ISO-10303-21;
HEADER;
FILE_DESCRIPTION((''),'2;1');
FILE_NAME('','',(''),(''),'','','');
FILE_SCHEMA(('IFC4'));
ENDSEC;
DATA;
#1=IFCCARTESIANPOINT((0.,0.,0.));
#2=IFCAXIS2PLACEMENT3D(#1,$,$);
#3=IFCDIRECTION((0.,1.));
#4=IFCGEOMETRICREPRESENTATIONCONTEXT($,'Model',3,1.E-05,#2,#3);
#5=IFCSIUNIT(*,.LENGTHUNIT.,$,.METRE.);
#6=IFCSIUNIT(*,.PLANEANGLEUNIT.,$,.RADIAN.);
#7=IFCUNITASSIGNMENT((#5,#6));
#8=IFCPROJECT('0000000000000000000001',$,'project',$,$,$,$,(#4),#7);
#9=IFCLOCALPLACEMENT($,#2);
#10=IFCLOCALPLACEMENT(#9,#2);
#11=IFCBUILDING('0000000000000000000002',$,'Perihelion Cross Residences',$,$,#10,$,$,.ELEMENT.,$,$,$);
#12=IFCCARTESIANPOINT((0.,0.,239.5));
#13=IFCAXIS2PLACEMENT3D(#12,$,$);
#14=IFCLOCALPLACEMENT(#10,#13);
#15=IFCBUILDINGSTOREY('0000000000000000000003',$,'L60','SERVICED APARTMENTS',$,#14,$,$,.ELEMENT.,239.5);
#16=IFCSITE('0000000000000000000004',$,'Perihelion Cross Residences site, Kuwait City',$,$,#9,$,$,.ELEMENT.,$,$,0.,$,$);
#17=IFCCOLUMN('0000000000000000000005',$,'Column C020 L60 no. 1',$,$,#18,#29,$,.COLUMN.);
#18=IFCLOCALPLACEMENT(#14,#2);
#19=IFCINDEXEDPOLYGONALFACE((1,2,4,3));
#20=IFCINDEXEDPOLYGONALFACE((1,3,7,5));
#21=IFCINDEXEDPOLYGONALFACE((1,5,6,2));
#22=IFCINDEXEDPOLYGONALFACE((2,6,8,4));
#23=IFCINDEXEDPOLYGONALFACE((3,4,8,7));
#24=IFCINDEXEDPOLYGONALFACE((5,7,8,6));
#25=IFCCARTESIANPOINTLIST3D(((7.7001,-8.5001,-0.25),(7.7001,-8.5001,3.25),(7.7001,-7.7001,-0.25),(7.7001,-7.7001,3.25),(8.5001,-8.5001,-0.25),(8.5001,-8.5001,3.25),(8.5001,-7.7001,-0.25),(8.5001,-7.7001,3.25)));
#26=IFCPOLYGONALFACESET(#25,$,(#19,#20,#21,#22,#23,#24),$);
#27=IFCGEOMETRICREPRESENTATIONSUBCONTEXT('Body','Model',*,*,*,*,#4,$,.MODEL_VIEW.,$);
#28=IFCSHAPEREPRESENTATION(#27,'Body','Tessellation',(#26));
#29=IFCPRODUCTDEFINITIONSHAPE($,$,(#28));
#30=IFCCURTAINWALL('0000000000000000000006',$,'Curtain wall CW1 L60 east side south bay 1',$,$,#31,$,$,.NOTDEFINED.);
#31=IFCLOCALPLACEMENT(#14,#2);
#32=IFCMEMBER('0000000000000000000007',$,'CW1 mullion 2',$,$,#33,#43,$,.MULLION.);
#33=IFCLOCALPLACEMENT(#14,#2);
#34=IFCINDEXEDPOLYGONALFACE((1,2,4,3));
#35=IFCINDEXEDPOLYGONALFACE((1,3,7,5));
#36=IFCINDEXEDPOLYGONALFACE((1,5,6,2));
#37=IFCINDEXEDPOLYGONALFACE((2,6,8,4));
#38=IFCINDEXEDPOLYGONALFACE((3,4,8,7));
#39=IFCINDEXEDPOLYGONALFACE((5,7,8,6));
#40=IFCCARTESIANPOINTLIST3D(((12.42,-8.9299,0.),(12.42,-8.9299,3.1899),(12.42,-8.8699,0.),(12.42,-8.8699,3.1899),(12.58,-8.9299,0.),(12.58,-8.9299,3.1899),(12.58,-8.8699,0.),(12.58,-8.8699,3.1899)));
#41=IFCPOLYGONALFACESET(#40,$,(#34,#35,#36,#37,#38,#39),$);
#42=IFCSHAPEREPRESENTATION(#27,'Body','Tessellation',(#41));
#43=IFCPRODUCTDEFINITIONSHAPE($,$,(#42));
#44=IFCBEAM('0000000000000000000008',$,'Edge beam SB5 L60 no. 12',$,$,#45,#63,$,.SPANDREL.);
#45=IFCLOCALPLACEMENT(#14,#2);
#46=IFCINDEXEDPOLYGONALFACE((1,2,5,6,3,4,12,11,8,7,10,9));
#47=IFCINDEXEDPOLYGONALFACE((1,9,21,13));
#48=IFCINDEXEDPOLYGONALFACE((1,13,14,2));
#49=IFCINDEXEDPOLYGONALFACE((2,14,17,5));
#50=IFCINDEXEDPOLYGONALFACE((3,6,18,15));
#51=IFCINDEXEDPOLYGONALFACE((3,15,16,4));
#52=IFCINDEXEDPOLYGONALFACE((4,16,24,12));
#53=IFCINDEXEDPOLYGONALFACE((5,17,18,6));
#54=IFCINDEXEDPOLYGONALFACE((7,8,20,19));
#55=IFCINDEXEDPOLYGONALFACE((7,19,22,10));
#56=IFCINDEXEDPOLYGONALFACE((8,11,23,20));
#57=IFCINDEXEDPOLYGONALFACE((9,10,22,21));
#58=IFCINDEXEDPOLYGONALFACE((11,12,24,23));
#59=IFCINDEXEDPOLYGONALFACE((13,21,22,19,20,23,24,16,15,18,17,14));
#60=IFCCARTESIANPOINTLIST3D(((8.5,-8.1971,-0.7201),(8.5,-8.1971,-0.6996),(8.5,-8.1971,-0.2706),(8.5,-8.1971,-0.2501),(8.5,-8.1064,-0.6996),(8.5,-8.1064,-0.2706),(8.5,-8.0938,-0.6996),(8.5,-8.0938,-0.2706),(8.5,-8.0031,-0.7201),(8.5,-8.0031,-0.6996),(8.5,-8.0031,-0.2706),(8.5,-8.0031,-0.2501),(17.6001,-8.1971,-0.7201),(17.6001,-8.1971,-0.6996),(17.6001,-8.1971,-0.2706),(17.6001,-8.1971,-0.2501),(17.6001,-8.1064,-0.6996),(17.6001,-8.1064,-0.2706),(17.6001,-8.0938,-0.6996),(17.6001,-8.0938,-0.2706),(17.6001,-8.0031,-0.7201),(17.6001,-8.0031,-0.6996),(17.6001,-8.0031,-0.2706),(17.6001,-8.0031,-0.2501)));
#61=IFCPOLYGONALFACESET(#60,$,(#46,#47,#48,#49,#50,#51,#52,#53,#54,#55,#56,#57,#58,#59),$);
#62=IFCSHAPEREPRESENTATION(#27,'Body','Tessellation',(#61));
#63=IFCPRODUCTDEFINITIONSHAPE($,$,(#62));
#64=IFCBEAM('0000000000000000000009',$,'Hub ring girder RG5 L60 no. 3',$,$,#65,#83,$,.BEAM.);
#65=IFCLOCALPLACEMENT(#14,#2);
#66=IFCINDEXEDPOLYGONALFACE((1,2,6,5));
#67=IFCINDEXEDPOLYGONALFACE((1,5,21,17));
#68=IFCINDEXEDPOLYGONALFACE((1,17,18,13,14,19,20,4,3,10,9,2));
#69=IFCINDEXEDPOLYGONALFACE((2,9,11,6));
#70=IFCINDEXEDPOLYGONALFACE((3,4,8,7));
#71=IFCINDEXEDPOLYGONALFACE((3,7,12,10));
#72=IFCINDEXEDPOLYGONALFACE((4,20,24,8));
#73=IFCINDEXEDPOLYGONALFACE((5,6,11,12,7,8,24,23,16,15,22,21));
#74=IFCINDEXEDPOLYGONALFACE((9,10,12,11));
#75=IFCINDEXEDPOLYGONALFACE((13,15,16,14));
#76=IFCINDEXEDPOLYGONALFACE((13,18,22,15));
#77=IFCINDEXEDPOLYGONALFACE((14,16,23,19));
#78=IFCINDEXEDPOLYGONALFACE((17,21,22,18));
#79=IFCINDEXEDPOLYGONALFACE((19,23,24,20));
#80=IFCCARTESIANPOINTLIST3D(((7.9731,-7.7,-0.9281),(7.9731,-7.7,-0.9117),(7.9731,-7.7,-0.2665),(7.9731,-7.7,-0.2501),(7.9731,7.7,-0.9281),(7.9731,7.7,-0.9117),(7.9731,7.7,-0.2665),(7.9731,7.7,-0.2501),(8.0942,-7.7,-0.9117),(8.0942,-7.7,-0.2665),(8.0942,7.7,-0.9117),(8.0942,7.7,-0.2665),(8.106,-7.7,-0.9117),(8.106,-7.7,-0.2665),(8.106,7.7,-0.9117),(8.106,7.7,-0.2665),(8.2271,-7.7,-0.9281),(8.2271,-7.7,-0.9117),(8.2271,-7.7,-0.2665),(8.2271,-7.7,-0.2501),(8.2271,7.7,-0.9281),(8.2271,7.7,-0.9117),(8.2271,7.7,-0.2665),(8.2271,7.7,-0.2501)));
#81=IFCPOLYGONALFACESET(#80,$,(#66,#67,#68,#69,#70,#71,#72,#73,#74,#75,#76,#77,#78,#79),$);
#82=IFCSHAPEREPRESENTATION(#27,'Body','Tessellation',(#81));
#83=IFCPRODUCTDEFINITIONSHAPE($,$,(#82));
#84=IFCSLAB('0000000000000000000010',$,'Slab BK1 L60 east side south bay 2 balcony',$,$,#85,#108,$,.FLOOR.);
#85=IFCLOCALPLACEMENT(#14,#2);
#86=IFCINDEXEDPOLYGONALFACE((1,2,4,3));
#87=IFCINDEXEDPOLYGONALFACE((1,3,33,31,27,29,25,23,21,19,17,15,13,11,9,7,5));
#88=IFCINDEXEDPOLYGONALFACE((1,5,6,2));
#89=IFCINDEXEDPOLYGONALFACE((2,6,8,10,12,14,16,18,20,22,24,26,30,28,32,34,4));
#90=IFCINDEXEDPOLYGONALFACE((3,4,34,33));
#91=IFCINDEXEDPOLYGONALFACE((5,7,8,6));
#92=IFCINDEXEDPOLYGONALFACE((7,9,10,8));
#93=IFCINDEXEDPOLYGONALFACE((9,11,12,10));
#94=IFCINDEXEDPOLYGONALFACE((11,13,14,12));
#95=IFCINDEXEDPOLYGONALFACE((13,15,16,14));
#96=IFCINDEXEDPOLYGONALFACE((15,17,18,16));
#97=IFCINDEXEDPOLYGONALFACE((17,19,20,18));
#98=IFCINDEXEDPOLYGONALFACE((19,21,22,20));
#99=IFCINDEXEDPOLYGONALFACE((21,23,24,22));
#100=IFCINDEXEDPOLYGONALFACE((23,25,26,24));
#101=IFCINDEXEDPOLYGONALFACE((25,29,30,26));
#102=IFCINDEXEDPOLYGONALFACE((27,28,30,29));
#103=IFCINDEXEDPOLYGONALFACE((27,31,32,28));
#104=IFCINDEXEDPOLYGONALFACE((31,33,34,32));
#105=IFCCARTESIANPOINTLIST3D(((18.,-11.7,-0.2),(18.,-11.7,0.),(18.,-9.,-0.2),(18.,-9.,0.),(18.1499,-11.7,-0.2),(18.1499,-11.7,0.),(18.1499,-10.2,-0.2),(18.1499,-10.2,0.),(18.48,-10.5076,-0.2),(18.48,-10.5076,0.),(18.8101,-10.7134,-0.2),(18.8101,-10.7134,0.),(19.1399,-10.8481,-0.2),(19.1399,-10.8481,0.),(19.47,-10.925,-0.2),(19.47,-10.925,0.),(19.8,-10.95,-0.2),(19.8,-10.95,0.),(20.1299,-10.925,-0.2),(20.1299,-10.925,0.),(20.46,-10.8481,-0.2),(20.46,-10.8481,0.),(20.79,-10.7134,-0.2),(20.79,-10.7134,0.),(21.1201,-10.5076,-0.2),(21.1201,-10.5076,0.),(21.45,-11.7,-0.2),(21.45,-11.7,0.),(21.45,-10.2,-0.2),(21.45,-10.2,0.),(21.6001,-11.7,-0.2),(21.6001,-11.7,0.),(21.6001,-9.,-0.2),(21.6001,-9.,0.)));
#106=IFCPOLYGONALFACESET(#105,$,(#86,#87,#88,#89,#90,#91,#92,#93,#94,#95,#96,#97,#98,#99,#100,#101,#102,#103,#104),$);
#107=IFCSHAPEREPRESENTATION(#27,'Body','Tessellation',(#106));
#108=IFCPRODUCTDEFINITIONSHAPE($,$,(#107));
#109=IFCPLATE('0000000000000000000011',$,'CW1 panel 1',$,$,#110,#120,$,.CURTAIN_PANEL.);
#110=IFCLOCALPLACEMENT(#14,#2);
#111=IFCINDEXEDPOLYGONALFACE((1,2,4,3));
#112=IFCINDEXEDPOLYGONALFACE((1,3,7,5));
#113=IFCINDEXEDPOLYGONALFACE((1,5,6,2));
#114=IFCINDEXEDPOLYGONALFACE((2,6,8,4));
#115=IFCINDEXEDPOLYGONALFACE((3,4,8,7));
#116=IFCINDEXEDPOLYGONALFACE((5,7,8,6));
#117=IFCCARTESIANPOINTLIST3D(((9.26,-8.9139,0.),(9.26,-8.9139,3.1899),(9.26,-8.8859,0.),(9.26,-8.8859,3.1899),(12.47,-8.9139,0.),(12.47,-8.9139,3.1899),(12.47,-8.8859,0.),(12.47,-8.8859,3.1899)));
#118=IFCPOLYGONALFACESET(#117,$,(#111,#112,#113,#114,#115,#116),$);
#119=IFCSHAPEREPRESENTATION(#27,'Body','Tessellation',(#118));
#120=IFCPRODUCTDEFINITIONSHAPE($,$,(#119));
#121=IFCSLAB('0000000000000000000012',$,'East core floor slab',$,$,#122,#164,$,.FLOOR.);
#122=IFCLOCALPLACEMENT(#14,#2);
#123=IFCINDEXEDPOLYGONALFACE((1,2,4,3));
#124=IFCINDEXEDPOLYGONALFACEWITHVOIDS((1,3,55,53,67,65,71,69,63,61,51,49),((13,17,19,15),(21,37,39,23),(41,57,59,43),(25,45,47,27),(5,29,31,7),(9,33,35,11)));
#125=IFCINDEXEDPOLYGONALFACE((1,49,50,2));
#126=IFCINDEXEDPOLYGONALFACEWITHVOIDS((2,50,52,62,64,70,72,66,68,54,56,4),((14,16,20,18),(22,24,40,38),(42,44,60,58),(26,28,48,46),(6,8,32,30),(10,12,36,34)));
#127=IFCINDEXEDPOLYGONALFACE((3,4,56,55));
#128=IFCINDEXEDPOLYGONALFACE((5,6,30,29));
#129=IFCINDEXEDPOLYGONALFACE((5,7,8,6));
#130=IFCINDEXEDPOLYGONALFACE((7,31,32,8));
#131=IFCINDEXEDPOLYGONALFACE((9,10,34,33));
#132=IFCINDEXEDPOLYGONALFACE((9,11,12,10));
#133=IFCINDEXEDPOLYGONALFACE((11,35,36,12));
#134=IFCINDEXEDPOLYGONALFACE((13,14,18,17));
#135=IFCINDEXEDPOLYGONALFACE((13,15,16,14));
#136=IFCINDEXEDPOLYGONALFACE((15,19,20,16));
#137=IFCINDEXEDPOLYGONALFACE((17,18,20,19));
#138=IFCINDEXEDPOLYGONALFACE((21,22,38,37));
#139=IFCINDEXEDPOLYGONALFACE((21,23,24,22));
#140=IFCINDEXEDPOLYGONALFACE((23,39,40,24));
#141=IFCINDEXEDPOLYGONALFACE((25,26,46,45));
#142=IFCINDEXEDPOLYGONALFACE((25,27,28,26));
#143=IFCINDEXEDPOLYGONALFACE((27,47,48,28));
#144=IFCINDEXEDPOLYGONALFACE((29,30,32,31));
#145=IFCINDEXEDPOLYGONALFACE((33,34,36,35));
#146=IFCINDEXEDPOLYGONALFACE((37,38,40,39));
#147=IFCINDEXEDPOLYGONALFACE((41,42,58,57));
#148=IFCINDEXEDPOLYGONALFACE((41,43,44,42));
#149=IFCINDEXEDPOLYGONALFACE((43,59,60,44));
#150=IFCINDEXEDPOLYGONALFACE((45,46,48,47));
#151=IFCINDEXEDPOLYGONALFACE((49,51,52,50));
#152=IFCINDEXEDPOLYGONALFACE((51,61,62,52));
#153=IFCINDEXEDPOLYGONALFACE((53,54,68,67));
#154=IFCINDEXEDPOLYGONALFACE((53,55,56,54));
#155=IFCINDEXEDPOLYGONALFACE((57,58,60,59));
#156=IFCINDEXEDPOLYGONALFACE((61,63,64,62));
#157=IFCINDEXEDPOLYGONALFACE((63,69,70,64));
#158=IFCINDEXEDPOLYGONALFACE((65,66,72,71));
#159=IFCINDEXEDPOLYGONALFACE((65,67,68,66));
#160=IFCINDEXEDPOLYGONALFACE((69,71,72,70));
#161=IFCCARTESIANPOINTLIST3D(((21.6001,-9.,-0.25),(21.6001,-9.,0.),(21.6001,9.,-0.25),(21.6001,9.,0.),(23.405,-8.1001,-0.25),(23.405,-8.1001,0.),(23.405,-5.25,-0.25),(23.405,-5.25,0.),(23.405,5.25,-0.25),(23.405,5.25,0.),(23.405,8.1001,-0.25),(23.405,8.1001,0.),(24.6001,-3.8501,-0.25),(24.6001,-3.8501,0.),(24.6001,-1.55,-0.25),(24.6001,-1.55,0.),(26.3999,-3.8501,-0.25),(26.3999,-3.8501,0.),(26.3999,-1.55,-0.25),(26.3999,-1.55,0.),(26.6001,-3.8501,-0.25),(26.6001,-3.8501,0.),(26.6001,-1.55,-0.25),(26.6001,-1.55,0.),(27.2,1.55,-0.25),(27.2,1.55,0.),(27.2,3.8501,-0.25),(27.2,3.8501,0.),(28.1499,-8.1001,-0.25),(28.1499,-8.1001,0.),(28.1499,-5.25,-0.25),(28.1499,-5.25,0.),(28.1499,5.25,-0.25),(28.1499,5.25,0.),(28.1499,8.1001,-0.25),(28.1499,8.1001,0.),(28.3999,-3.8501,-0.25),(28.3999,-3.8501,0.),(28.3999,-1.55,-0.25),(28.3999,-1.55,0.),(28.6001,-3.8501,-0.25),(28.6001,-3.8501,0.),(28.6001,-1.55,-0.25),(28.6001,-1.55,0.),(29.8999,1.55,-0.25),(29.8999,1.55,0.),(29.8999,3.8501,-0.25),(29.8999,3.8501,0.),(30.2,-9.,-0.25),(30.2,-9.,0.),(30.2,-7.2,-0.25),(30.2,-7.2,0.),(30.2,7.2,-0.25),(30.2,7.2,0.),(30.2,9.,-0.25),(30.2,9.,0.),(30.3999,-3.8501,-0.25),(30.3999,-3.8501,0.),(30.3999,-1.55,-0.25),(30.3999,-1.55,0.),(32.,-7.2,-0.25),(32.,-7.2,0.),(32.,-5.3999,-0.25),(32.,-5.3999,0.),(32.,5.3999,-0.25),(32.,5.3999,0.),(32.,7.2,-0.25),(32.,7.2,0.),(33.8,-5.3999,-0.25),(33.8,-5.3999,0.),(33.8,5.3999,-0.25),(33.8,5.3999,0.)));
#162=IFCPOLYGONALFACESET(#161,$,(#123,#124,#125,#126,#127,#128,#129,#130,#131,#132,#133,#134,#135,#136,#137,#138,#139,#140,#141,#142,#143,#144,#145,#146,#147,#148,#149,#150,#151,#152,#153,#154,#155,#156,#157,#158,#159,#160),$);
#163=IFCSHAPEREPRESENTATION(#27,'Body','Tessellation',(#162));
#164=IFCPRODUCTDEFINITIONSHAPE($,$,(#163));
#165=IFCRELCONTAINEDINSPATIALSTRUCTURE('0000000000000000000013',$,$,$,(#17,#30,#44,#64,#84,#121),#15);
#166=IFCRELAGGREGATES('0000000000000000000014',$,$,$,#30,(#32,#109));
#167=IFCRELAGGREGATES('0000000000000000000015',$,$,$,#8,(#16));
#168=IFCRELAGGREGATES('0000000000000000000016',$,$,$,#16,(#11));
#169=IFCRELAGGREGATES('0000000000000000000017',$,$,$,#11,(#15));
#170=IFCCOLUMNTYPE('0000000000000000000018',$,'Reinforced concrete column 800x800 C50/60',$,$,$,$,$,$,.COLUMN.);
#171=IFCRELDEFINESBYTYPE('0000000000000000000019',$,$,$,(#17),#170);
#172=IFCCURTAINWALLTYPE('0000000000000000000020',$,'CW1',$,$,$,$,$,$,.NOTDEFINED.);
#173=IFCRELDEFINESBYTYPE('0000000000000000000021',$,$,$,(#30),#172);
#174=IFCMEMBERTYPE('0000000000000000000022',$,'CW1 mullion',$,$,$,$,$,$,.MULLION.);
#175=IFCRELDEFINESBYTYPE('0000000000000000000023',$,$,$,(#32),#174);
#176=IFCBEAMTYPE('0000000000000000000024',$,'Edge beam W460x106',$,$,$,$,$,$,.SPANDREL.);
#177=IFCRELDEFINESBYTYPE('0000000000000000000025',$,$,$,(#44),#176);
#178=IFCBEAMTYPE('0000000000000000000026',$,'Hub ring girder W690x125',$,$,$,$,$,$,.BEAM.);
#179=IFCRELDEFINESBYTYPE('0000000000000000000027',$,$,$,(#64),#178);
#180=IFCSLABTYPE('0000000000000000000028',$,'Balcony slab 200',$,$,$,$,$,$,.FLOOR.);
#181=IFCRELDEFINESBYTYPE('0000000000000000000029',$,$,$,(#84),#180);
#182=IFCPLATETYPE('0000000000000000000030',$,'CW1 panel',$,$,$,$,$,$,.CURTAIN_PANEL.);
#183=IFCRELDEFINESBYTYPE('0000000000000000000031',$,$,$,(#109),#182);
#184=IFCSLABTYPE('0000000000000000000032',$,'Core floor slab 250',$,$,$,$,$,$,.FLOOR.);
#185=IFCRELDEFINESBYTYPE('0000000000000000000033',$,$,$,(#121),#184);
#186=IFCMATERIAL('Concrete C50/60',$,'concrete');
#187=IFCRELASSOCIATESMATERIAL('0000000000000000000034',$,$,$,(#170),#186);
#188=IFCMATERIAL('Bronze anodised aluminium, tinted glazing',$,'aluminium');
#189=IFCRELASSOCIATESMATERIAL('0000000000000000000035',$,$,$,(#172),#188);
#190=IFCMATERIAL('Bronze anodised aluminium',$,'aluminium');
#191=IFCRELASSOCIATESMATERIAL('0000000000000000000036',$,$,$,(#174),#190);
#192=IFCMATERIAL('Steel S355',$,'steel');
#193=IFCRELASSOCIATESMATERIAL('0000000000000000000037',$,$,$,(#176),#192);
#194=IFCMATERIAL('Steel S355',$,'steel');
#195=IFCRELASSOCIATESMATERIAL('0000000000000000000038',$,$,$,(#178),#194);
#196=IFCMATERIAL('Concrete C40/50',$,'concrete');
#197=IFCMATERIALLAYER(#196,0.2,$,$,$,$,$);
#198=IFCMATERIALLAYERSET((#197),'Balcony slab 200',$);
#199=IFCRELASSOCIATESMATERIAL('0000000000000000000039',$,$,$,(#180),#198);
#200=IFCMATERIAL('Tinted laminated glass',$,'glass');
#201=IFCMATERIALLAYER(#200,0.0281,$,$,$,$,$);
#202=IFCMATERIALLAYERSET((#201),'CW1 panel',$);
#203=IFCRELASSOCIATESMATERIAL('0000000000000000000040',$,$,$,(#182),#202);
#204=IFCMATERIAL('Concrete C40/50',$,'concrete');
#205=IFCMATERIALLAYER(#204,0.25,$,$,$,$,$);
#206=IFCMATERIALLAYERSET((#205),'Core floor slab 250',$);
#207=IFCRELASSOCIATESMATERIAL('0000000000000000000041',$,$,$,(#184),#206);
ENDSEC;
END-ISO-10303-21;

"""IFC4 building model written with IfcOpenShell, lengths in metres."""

from ifc_helpers import new_model, si_unit, direction, frame, origin, origin_2d, place, context, subcontext, project, spatial, polyline, rectangle, i_section, outline, extrude, material, layer, layer_set, material_profile, profile_set, type_object, element, aggregate, save


model = new_model("IFC4")

# Units and contexts
model_context = context("Model", 3, precision=1e-05, world=origin(), true_north=direction((0.0, 1.0)))
body_context = subcontext(model_context, "Body", "Model", "MODEL_VIEW")
ifc_project = project(units=[si_unit("LENGTHUNIT", "METRE"), si_unit("PLANEANGLEUNIT", "RADIAN")], contexts=[model_context])

# Site, building, storey
site_placement = place(None, origin())
site = spatial("IfcSite", under=ifc_project, at=site_placement, Name="Perihelion Cross Residences site, Kuwait City", CompositionType="ELEMENT", RefElevation=0.0)
building_placement = place(site_placement, origin())
building = spatial("IfcBuilding", under=site, at=building_placement, Name="Perihelion Cross Residences", CompositionType="ELEMENT")
storey_placement = place(building_placement, frame((0.0, 0.0, 239.5)))
storey = spatial("IfcBuildingStorey", under=building, at=storey_placement, Name="L60", Description="SERVICED APARTMENTS", CompositionType="ELEMENT", Elevation=239.5)

# Column
ifc_material_1 = material(Name="Concrete C50/60", Category="concrete")
ifc_material_profile_1 = material_profile(ifc_material_1, rectangle(XDim=0.8, YDim=0.8, at=origin_2d()), Name="RC 800x800")
ifc_profile_set_1 = profile_set([ifc_material_profile_1], Name="Concrete C50/60")
column_type = type_object("IfcColumnType", Name="Reinforced concrete column 800x800 C50/60", PredefinedType="COLUMN", material=ifc_profile_set_1)
column_placement = place(storey_placement, frame((8.1001, -8.1001, -0.25), z_axis=(0.0, 0.0, 1.0), x_axis=(1.0, 0.0, 0.0)))
element("IfcColumn", 1, at=column_placement, inside=storey, type_object=column_type, Name="Column C020 L60 no. 1", PredefinedType="COLUMN", context=body_context, shape_type="SweptSolid", body=[
    extrude(rectangle(XDim=0.8, YDim=0.8, at=origin_2d()), origin(), (0.0, 0.0, 1.0), 3.5),
])

# Curtain wall, member
ifc_material_2 = material(Name="Bronze anodised aluminium, tinted glazing", Category="aluminium")
curtain_wall_type = type_object("IfcCurtainWallType", Name="CW1", PredefinedType="NOTDEFINED", material=ifc_material_2)
curtain_wall_placement = place(storey_placement, origin())
curtain_wall = element("IfcCurtainWall", 2, at=curtain_wall_placement, inside=storey, type_object=curtain_wall_type, Name="Curtain wall CW1 L60 east side south bay 1", PredefinedType="NOTDEFINED")
ifc_material_3 = material(Name="Bronze anodised aluminium", Category="aluminium")
ifc_material_profile_2 = material_profile(ifc_material_3, rectangle(XDim=0.0601, YDim=0.1599, at=origin_2d()), Name="CW1 mullion")
ifc_profile_set_2 = profile_set([ifc_material_profile_2], Name="Bronze anodised aluminium")
member_type = type_object("IfcMemberType", Name="CW1 mullion", PredefinedType="MULLION", material=ifc_profile_set_2)
member_placement = place(storey_placement, frame((12.5, -8.8999, 0.0), z_axis=(0.0, 0.0, 1.0), x_axis=(0.0, 1.0, 0.0)))
member = element("IfcMember", 3, at=member_placement, type_object=member_type, Name="CW1 mullion 2", PredefinedType="MULLION", context=body_context, shape_type="SweptSolid", body=[
    extrude(rectangle(XDim=0.0601, YDim=0.1599, at=origin_2d()), origin(), (0.0, 0.0, 1.0), 3.1899),
])

# Beams
ifc_material_4 = material(Name="Steel S355", Category="steel")
ifc_material_profile_3 = material_profile(ifc_material_4, i_section(OverallWidth=0.1941, OverallDepth=0.47, WebThickness=0.0127, FlangeThickness=0.0205, at=origin_2d()), Name="W460x106")
ifc_profile_set_3 = profile_set([ifc_material_profile_3], Name="Steel S355")
beam_type_1 = type_object("IfcBeamType", Name="Edge beam W460x106", PredefinedType="SPANDREL", material=ifc_profile_set_3)
beam_1_placement = place(storey_placement, frame((8.5, -8.1001, -0.4851), z_axis=(1.0, 0.0, 0.0), x_axis=(0.0, 1.0, 0.0)))
element("IfcBeam", 4, at=beam_1_placement, inside=storey, type_object=beam_type_1, Name="Edge beam SB5 L60 no. 12", PredefinedType="SPANDREL", context=body_context, shape_type="SweptSolid", body=[
    extrude(i_section(OverallWidth=0.1941, OverallDepth=0.47, WebThickness=0.0127, FlangeThickness=0.0205, at=origin_2d()), origin(), (0.0, 0.0, 1.0), 9.1001),
])
ifc_material_5 = material(Name="Steel S355", Category="steel")
ifc_material_profile_4 = material_profile(ifc_material_5, i_section(OverallWidth=0.2539, OverallDepth=0.678, WebThickness=0.0117, FlangeThickness=0.0164, at=origin_2d()), Name="W690x125")
ifc_profile_set_4 = profile_set([ifc_material_profile_4], Name="Steel S355")
beam_type_2 = type_object("IfcBeamType", Name="Hub ring girder W690x125", PredefinedType="BEAM", material=ifc_profile_set_4)
beam_2_placement = place(storey_placement, frame((8.1001, -7.7, -0.5891), z_axis=(0.0, 1.0, 0.0), x_axis=(-1.0, 0.0, 0.0)))
element("IfcBeam", 5, at=beam_2_placement, inside=storey, type_object=beam_type_2, Name="Hub ring girder RG5 L60 no. 3", PredefinedType="BEAM", context=body_context, shape_type="SweptSolid", body=[
    extrude(i_section(OverallWidth=0.2539, OverallDepth=0.678, WebThickness=0.0117, FlangeThickness=0.0164, at=origin_2d()), origin(), (0.0, 0.0, 1.0), 15.3999),
])

# Slab
ifc_material_6 = material(Name="Concrete C40/50", Category="concrete")
ifc_layer_1 = layer(ifc_material_6, 0.2)
ifc_layer_set_1 = layer_set([ifc_layer_1], Name="Balcony slab 200")
slab_type_1 = type_object("IfcSlabType", Name="Balcony slab 200", PredefinedType="FLOOR", material=ifc_layer_set_1)
slab_1_placement = place(storey_placement, frame((0.0, 0.0, -0.2)))
element("IfcSlab", 6, at=slab_1_placement, inside=storey, type_object=slab_type_1, Name="Slab BK1 L60 east side south bay 2 balcony", PredefinedType="FLOOR", context=body_context, shape_type="SweptSolid", body=[
    extrude(outline(polyline([(18.0, -9.0), (21.6001, -9.0), (21.6001, -11.7), (21.45, -11.7), (21.45, -10.2), (21.1201, -10.5076), (20.79, -10.7134), (20.46, -10.8481), (20.1299, -10.925), (19.8, -10.95), (19.47, -10.925), (19.1399, -10.8481), (18.8101, -10.7134), (18.48, -10.5076), (18.1499, -10.2), (18.1499, -11.7), (18.0, -11.7), (18.0, -9.0)])), origin(), (0.0, 0.0, 1.0), 0.2),
])

# Plate
ifc_material_7 = material(Name="Tinted laminated glass", Category="glass")
ifc_layer_2 = layer(ifc_material_7, 0.0281)
ifc_layer_set_2 = layer_set([ifc_layer_2], Name="CW1 panel")
plate_type = type_object("IfcPlateType", Name="CW1 panel", PredefinedType="CURTAIN_PANEL", material=ifc_layer_set_2)
plate_placement = place(storey_placement, frame((10.865, -8.8999, 0.0), z_axis=(0.0, 0.0, 1.0), x_axis=(1.0, 0.0, 0.0)))
plate = element("IfcPlate", 7, at=plate_placement, type_object=plate_type, Name="CW1 panel 1", PredefinedType="CURTAIN_PANEL", context=body_context, shape_type="SweptSolid", body=[
    extrude(rectangle(XDim=3.21, YDim=0.0281, at=origin_2d()), origin(), (0.0, 0.0, 1.0), 3.1899),
])
aggregate(curtain_wall, [member, plate])

# Slab
ifc_material_8 = material(Name="Concrete C40/50", Category="concrete")
ifc_layer_3 = layer(ifc_material_8, 0.25)
ifc_layer_set_3 = layer_set([ifc_layer_3], Name="Core floor slab 250")
slab_type_2 = type_object("IfcSlabType", Name="Core floor slab 250", PredefinedType="FLOOR", material=ifc_layer_set_3)
slab_2_placement = place(storey_placement, frame((0.0, 0.0, -0.25)))
element("IfcSlab", 8, at=slab_2_placement, inside=storey, type_object=slab_type_2, Name="East core floor slab", PredefinedType="FLOOR", context=body_context, shape_type="SweptSolid", body=[
    extrude(outline(polyline([(30.2, 7.2), (32.0, 7.2), (32.0, 5.3999), (33.8, 5.3999), (33.8, -5.3999), (32.0, -5.3999), (32.0, -7.2), (30.2, -7.2), (30.2, -9.0), (21.6001, -9.0), (21.6001, 9.0), (30.2, 9.0), (30.2, 7.2)]), holes=[polyline([(28.1499, -8.1001), (28.1499, -5.25), (23.405, -5.25), (23.405, -8.1001), (28.1499, -8.1001)]), polyline([(24.6001, -1.55), (24.6001, -3.8501), (26.3999, -3.8501), (26.3999, -1.55), (24.6001, -1.55)]), polyline([(26.6001, -1.55), (26.6001, -3.8501), (28.3999, -3.8501), (28.3999, -1.55), (26.6001, -1.55)]), polyline([(28.6001, -3.8501), (30.3999, -3.8501), (30.3999, -1.55), (28.6001, -1.55), (28.6001, -3.8501)]), polyline([(27.2, 3.8501), (27.2, 1.55), (29.8999, 1.55), (29.8999, 3.8501), (27.2, 3.8501)]), polyline([(23.405, 5.25), (28.1499, 5.25), (28.1499, 8.1001), (23.405, 8.1001), (23.405, 5.25)])]), origin(), (0.0, 0.0, 1.0), 0.25),
])

save(model, "model.ifc")
